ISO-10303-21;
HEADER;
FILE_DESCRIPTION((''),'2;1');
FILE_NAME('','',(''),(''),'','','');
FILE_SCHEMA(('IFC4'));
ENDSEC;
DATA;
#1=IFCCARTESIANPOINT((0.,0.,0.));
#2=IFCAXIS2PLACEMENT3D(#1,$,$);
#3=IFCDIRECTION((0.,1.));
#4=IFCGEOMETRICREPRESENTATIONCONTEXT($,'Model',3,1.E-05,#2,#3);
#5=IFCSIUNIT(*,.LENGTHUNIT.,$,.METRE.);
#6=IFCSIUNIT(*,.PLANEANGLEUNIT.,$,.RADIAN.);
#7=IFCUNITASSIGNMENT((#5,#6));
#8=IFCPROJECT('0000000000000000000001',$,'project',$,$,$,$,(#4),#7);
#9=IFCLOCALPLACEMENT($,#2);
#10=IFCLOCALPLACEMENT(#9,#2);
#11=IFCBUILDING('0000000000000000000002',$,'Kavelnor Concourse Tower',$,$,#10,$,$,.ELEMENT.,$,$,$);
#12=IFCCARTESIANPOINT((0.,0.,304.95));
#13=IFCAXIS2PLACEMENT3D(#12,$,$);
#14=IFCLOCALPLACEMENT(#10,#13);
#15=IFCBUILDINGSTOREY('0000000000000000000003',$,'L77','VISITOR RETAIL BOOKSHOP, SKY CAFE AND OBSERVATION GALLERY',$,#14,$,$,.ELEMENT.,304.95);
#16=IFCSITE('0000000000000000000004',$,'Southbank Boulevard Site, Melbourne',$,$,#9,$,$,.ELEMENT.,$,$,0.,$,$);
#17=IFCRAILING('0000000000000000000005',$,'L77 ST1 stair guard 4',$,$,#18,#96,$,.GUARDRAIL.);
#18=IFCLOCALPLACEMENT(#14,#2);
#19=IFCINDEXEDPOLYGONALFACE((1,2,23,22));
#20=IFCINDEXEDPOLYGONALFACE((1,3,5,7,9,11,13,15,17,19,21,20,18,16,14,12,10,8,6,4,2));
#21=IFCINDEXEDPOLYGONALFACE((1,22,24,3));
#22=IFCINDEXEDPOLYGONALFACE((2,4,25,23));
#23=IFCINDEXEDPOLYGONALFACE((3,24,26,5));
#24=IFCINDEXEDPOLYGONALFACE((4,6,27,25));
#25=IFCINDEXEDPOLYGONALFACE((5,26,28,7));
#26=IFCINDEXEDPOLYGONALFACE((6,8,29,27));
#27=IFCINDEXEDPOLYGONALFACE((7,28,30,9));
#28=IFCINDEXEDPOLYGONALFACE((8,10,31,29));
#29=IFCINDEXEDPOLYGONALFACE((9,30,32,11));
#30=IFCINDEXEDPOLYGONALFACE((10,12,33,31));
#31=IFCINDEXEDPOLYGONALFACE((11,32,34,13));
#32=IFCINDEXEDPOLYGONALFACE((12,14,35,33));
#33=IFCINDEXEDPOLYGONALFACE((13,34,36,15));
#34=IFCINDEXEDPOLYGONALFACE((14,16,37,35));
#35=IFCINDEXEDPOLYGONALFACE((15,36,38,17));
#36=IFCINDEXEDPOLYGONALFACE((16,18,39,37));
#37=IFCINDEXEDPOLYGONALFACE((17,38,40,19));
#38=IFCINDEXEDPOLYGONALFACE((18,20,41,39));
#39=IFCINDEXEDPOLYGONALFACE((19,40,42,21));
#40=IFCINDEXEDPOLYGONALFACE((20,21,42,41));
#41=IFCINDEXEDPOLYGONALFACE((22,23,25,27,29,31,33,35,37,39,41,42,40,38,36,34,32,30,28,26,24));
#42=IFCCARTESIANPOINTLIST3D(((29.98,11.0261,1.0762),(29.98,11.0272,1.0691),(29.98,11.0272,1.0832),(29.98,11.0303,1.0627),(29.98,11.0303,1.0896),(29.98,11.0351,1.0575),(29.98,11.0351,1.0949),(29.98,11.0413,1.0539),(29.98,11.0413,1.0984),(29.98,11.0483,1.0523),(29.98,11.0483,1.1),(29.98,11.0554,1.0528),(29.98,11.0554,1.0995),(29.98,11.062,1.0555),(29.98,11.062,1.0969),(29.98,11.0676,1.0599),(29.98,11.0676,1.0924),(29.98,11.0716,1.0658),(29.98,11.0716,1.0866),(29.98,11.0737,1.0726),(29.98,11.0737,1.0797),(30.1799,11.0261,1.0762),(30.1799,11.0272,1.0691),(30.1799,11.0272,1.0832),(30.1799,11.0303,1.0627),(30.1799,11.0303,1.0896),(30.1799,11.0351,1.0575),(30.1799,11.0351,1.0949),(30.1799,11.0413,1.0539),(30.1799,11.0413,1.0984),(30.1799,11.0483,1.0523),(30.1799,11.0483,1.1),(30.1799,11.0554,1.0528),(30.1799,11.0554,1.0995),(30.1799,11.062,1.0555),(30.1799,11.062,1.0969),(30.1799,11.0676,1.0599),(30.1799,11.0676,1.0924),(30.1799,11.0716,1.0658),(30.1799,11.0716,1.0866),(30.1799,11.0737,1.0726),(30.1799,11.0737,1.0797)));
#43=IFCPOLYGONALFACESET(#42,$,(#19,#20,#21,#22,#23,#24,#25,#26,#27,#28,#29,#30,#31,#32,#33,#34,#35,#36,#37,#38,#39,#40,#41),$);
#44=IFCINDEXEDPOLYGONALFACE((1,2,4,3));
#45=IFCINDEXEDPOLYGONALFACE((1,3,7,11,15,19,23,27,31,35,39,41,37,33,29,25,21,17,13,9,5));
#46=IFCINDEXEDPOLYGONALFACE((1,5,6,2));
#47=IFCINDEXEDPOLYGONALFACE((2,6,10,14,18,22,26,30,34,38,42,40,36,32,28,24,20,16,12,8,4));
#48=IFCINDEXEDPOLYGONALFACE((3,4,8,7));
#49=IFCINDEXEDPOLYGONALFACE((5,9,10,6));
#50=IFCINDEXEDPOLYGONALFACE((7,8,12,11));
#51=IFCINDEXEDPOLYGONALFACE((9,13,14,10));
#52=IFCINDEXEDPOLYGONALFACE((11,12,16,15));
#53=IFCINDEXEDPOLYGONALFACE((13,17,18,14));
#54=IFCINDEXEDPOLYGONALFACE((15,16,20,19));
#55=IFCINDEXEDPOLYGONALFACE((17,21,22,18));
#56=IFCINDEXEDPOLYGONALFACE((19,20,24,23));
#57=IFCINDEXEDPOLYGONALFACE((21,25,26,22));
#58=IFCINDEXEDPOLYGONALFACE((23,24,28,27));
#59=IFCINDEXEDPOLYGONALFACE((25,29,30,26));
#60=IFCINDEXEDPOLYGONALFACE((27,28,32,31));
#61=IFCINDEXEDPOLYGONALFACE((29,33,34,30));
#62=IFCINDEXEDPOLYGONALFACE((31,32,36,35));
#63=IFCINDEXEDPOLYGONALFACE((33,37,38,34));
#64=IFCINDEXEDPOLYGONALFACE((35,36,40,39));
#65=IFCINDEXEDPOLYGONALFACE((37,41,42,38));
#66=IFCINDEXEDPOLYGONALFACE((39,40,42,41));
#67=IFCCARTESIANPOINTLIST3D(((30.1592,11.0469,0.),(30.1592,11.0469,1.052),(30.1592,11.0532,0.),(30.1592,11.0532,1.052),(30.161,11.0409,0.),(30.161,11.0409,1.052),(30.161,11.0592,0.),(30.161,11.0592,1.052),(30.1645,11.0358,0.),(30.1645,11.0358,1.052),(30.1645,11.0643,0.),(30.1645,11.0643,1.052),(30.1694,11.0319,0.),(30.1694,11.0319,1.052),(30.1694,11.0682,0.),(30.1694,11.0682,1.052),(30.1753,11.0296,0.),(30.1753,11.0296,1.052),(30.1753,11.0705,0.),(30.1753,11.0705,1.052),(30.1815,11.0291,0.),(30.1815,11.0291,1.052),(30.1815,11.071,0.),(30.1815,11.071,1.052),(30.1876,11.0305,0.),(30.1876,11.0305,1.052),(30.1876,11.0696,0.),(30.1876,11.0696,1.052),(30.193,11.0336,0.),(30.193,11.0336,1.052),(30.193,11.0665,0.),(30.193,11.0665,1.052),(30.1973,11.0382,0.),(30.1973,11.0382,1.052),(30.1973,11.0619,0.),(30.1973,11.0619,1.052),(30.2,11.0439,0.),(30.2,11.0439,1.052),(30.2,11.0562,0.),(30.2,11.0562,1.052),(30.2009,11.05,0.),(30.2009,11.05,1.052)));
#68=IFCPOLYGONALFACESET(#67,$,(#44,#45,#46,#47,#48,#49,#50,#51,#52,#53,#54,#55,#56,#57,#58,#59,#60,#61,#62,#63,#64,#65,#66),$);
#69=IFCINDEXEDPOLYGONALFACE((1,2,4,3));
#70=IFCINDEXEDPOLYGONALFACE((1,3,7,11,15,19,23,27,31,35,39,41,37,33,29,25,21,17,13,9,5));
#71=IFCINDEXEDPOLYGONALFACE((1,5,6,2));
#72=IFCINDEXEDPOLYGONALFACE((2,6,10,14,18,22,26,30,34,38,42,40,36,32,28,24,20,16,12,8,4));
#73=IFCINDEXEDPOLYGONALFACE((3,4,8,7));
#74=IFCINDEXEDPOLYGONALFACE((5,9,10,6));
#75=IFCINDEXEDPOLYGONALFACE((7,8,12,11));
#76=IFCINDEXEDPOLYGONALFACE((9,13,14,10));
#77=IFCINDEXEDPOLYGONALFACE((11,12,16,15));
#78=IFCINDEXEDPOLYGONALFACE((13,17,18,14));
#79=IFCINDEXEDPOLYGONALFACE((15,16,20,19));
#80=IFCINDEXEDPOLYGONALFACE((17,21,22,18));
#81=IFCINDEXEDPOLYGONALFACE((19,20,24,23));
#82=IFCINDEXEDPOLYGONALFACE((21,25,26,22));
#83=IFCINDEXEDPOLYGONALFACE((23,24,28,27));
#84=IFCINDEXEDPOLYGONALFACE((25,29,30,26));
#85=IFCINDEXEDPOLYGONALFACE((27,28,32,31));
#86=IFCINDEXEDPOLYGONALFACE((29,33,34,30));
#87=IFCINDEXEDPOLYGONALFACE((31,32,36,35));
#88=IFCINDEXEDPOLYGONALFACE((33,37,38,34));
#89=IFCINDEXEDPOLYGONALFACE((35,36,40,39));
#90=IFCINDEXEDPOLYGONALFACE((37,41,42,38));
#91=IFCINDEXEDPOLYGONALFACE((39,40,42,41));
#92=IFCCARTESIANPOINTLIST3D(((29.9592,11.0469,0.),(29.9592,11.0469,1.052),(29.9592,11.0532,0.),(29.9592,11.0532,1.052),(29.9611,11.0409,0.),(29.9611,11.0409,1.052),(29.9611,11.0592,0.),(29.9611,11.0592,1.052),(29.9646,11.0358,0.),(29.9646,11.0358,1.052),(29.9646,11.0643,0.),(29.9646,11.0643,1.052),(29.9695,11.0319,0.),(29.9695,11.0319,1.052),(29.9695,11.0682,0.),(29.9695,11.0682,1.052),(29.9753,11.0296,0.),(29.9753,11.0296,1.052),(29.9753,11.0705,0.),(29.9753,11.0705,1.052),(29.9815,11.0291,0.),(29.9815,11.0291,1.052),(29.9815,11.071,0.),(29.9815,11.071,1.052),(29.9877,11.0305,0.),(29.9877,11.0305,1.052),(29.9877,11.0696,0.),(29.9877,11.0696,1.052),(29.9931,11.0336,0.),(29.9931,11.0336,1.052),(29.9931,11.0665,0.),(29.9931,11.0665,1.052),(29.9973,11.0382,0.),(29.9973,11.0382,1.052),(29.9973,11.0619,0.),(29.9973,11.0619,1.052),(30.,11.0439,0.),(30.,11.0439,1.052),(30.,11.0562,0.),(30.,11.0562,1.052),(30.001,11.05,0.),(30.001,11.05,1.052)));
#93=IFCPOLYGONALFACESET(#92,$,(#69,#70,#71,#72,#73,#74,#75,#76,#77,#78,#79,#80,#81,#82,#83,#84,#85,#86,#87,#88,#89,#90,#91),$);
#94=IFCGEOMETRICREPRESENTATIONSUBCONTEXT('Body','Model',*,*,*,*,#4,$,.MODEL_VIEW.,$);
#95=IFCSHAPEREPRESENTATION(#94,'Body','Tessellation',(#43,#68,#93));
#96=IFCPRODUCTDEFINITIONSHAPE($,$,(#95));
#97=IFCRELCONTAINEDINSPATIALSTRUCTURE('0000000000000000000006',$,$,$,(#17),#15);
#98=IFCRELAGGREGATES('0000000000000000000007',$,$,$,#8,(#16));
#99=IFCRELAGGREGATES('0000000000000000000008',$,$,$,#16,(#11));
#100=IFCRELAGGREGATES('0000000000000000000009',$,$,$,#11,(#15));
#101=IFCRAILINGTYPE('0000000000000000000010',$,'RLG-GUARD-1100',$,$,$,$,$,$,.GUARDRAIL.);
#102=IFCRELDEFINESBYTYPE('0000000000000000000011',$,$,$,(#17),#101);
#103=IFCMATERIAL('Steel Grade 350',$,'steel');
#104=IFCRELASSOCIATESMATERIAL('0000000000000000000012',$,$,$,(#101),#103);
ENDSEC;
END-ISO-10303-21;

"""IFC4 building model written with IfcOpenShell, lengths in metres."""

from ifc_helpers import new_model, si_unit, direction, frame, origin, origin_2d, place, context, subcontext, project, spatial, circle, extrude, material, type_object, element, save


model = new_model("IFC4")

# Units and contexts
model_context = context("Model", 3, precision=1e-05, world=origin(), true_north=direction((0.0, 1.0)))
body_context = subcontext(model_context, "Body", "Model", "MODEL_VIEW")
ifc_project = project(units=[si_unit("LENGTHUNIT", "METRE"), si_unit("PLANEANGLEUNIT", "RADIAN")], contexts=[model_context])

# Site, building, storey
site_placement = place(None, origin())
site = spatial("IfcSite", under=ifc_project, at=site_placement, Name="Southbank Boulevard Site, Melbourne", CompositionType="ELEMENT", RefElevation=0.0)
building_placement = place(site_placement, origin())
building = spatial("IfcBuilding", under=site, at=building_placement, Name="Kavelnor Concourse Tower", CompositionType="ELEMENT")
storey_placement = place(building_placement, frame((0.0, 0.0, 304.95)))
storey = spatial("IfcBuildingStorey", under=building, at=storey_placement, Name="L77", Description="VISITOR RETAIL BOOKSHOP, SKY CAFE AND OBSERVATION GALLERY", CompositionType="ELEMENT", Elevation=304.95)

# Shared definitions
ifc_material_1 = material(Name="Steel Grade 350", Category="steel")

# Railing
railing_type_1 = type_object("IfcRailingType", Name="RLG-GUARD-1100", PredefinedType="GUARDRAIL", material=ifc_material_1)
railing_1_placement = place(storey_placement, frame((30.1799, 11.05, 0.0)))
element("IfcRailing", 1, at=railing_1_placement, inside=storey, type_object=railing_type_1, Name="L77 ST1 stair guard 4", PredefinedType="GUARDRAIL", context=body_context, shape_type="SweptSolid", body=[
    extrude(circle(Radius=0.0239, at=origin_2d()), frame((0.0, 0.0, 1.0762), z_axis=(-1.0, 0.0, 0.0), x_axis=(0.0, -1.0, 0.0)), (0.0, 0.0, 1.0), 0.2),
    extrude(circle(Radius=0.021, at=origin_2d()), origin(), (0.0, 0.0, 1.0), 1.052),
    extrude(circle(Radius=0.021, at=origin_2d()), frame((-0.2, 0.0, 0.0)), (0.0, 0.0, 1.0), 1.052),
])

save(model, "model.ifc")
